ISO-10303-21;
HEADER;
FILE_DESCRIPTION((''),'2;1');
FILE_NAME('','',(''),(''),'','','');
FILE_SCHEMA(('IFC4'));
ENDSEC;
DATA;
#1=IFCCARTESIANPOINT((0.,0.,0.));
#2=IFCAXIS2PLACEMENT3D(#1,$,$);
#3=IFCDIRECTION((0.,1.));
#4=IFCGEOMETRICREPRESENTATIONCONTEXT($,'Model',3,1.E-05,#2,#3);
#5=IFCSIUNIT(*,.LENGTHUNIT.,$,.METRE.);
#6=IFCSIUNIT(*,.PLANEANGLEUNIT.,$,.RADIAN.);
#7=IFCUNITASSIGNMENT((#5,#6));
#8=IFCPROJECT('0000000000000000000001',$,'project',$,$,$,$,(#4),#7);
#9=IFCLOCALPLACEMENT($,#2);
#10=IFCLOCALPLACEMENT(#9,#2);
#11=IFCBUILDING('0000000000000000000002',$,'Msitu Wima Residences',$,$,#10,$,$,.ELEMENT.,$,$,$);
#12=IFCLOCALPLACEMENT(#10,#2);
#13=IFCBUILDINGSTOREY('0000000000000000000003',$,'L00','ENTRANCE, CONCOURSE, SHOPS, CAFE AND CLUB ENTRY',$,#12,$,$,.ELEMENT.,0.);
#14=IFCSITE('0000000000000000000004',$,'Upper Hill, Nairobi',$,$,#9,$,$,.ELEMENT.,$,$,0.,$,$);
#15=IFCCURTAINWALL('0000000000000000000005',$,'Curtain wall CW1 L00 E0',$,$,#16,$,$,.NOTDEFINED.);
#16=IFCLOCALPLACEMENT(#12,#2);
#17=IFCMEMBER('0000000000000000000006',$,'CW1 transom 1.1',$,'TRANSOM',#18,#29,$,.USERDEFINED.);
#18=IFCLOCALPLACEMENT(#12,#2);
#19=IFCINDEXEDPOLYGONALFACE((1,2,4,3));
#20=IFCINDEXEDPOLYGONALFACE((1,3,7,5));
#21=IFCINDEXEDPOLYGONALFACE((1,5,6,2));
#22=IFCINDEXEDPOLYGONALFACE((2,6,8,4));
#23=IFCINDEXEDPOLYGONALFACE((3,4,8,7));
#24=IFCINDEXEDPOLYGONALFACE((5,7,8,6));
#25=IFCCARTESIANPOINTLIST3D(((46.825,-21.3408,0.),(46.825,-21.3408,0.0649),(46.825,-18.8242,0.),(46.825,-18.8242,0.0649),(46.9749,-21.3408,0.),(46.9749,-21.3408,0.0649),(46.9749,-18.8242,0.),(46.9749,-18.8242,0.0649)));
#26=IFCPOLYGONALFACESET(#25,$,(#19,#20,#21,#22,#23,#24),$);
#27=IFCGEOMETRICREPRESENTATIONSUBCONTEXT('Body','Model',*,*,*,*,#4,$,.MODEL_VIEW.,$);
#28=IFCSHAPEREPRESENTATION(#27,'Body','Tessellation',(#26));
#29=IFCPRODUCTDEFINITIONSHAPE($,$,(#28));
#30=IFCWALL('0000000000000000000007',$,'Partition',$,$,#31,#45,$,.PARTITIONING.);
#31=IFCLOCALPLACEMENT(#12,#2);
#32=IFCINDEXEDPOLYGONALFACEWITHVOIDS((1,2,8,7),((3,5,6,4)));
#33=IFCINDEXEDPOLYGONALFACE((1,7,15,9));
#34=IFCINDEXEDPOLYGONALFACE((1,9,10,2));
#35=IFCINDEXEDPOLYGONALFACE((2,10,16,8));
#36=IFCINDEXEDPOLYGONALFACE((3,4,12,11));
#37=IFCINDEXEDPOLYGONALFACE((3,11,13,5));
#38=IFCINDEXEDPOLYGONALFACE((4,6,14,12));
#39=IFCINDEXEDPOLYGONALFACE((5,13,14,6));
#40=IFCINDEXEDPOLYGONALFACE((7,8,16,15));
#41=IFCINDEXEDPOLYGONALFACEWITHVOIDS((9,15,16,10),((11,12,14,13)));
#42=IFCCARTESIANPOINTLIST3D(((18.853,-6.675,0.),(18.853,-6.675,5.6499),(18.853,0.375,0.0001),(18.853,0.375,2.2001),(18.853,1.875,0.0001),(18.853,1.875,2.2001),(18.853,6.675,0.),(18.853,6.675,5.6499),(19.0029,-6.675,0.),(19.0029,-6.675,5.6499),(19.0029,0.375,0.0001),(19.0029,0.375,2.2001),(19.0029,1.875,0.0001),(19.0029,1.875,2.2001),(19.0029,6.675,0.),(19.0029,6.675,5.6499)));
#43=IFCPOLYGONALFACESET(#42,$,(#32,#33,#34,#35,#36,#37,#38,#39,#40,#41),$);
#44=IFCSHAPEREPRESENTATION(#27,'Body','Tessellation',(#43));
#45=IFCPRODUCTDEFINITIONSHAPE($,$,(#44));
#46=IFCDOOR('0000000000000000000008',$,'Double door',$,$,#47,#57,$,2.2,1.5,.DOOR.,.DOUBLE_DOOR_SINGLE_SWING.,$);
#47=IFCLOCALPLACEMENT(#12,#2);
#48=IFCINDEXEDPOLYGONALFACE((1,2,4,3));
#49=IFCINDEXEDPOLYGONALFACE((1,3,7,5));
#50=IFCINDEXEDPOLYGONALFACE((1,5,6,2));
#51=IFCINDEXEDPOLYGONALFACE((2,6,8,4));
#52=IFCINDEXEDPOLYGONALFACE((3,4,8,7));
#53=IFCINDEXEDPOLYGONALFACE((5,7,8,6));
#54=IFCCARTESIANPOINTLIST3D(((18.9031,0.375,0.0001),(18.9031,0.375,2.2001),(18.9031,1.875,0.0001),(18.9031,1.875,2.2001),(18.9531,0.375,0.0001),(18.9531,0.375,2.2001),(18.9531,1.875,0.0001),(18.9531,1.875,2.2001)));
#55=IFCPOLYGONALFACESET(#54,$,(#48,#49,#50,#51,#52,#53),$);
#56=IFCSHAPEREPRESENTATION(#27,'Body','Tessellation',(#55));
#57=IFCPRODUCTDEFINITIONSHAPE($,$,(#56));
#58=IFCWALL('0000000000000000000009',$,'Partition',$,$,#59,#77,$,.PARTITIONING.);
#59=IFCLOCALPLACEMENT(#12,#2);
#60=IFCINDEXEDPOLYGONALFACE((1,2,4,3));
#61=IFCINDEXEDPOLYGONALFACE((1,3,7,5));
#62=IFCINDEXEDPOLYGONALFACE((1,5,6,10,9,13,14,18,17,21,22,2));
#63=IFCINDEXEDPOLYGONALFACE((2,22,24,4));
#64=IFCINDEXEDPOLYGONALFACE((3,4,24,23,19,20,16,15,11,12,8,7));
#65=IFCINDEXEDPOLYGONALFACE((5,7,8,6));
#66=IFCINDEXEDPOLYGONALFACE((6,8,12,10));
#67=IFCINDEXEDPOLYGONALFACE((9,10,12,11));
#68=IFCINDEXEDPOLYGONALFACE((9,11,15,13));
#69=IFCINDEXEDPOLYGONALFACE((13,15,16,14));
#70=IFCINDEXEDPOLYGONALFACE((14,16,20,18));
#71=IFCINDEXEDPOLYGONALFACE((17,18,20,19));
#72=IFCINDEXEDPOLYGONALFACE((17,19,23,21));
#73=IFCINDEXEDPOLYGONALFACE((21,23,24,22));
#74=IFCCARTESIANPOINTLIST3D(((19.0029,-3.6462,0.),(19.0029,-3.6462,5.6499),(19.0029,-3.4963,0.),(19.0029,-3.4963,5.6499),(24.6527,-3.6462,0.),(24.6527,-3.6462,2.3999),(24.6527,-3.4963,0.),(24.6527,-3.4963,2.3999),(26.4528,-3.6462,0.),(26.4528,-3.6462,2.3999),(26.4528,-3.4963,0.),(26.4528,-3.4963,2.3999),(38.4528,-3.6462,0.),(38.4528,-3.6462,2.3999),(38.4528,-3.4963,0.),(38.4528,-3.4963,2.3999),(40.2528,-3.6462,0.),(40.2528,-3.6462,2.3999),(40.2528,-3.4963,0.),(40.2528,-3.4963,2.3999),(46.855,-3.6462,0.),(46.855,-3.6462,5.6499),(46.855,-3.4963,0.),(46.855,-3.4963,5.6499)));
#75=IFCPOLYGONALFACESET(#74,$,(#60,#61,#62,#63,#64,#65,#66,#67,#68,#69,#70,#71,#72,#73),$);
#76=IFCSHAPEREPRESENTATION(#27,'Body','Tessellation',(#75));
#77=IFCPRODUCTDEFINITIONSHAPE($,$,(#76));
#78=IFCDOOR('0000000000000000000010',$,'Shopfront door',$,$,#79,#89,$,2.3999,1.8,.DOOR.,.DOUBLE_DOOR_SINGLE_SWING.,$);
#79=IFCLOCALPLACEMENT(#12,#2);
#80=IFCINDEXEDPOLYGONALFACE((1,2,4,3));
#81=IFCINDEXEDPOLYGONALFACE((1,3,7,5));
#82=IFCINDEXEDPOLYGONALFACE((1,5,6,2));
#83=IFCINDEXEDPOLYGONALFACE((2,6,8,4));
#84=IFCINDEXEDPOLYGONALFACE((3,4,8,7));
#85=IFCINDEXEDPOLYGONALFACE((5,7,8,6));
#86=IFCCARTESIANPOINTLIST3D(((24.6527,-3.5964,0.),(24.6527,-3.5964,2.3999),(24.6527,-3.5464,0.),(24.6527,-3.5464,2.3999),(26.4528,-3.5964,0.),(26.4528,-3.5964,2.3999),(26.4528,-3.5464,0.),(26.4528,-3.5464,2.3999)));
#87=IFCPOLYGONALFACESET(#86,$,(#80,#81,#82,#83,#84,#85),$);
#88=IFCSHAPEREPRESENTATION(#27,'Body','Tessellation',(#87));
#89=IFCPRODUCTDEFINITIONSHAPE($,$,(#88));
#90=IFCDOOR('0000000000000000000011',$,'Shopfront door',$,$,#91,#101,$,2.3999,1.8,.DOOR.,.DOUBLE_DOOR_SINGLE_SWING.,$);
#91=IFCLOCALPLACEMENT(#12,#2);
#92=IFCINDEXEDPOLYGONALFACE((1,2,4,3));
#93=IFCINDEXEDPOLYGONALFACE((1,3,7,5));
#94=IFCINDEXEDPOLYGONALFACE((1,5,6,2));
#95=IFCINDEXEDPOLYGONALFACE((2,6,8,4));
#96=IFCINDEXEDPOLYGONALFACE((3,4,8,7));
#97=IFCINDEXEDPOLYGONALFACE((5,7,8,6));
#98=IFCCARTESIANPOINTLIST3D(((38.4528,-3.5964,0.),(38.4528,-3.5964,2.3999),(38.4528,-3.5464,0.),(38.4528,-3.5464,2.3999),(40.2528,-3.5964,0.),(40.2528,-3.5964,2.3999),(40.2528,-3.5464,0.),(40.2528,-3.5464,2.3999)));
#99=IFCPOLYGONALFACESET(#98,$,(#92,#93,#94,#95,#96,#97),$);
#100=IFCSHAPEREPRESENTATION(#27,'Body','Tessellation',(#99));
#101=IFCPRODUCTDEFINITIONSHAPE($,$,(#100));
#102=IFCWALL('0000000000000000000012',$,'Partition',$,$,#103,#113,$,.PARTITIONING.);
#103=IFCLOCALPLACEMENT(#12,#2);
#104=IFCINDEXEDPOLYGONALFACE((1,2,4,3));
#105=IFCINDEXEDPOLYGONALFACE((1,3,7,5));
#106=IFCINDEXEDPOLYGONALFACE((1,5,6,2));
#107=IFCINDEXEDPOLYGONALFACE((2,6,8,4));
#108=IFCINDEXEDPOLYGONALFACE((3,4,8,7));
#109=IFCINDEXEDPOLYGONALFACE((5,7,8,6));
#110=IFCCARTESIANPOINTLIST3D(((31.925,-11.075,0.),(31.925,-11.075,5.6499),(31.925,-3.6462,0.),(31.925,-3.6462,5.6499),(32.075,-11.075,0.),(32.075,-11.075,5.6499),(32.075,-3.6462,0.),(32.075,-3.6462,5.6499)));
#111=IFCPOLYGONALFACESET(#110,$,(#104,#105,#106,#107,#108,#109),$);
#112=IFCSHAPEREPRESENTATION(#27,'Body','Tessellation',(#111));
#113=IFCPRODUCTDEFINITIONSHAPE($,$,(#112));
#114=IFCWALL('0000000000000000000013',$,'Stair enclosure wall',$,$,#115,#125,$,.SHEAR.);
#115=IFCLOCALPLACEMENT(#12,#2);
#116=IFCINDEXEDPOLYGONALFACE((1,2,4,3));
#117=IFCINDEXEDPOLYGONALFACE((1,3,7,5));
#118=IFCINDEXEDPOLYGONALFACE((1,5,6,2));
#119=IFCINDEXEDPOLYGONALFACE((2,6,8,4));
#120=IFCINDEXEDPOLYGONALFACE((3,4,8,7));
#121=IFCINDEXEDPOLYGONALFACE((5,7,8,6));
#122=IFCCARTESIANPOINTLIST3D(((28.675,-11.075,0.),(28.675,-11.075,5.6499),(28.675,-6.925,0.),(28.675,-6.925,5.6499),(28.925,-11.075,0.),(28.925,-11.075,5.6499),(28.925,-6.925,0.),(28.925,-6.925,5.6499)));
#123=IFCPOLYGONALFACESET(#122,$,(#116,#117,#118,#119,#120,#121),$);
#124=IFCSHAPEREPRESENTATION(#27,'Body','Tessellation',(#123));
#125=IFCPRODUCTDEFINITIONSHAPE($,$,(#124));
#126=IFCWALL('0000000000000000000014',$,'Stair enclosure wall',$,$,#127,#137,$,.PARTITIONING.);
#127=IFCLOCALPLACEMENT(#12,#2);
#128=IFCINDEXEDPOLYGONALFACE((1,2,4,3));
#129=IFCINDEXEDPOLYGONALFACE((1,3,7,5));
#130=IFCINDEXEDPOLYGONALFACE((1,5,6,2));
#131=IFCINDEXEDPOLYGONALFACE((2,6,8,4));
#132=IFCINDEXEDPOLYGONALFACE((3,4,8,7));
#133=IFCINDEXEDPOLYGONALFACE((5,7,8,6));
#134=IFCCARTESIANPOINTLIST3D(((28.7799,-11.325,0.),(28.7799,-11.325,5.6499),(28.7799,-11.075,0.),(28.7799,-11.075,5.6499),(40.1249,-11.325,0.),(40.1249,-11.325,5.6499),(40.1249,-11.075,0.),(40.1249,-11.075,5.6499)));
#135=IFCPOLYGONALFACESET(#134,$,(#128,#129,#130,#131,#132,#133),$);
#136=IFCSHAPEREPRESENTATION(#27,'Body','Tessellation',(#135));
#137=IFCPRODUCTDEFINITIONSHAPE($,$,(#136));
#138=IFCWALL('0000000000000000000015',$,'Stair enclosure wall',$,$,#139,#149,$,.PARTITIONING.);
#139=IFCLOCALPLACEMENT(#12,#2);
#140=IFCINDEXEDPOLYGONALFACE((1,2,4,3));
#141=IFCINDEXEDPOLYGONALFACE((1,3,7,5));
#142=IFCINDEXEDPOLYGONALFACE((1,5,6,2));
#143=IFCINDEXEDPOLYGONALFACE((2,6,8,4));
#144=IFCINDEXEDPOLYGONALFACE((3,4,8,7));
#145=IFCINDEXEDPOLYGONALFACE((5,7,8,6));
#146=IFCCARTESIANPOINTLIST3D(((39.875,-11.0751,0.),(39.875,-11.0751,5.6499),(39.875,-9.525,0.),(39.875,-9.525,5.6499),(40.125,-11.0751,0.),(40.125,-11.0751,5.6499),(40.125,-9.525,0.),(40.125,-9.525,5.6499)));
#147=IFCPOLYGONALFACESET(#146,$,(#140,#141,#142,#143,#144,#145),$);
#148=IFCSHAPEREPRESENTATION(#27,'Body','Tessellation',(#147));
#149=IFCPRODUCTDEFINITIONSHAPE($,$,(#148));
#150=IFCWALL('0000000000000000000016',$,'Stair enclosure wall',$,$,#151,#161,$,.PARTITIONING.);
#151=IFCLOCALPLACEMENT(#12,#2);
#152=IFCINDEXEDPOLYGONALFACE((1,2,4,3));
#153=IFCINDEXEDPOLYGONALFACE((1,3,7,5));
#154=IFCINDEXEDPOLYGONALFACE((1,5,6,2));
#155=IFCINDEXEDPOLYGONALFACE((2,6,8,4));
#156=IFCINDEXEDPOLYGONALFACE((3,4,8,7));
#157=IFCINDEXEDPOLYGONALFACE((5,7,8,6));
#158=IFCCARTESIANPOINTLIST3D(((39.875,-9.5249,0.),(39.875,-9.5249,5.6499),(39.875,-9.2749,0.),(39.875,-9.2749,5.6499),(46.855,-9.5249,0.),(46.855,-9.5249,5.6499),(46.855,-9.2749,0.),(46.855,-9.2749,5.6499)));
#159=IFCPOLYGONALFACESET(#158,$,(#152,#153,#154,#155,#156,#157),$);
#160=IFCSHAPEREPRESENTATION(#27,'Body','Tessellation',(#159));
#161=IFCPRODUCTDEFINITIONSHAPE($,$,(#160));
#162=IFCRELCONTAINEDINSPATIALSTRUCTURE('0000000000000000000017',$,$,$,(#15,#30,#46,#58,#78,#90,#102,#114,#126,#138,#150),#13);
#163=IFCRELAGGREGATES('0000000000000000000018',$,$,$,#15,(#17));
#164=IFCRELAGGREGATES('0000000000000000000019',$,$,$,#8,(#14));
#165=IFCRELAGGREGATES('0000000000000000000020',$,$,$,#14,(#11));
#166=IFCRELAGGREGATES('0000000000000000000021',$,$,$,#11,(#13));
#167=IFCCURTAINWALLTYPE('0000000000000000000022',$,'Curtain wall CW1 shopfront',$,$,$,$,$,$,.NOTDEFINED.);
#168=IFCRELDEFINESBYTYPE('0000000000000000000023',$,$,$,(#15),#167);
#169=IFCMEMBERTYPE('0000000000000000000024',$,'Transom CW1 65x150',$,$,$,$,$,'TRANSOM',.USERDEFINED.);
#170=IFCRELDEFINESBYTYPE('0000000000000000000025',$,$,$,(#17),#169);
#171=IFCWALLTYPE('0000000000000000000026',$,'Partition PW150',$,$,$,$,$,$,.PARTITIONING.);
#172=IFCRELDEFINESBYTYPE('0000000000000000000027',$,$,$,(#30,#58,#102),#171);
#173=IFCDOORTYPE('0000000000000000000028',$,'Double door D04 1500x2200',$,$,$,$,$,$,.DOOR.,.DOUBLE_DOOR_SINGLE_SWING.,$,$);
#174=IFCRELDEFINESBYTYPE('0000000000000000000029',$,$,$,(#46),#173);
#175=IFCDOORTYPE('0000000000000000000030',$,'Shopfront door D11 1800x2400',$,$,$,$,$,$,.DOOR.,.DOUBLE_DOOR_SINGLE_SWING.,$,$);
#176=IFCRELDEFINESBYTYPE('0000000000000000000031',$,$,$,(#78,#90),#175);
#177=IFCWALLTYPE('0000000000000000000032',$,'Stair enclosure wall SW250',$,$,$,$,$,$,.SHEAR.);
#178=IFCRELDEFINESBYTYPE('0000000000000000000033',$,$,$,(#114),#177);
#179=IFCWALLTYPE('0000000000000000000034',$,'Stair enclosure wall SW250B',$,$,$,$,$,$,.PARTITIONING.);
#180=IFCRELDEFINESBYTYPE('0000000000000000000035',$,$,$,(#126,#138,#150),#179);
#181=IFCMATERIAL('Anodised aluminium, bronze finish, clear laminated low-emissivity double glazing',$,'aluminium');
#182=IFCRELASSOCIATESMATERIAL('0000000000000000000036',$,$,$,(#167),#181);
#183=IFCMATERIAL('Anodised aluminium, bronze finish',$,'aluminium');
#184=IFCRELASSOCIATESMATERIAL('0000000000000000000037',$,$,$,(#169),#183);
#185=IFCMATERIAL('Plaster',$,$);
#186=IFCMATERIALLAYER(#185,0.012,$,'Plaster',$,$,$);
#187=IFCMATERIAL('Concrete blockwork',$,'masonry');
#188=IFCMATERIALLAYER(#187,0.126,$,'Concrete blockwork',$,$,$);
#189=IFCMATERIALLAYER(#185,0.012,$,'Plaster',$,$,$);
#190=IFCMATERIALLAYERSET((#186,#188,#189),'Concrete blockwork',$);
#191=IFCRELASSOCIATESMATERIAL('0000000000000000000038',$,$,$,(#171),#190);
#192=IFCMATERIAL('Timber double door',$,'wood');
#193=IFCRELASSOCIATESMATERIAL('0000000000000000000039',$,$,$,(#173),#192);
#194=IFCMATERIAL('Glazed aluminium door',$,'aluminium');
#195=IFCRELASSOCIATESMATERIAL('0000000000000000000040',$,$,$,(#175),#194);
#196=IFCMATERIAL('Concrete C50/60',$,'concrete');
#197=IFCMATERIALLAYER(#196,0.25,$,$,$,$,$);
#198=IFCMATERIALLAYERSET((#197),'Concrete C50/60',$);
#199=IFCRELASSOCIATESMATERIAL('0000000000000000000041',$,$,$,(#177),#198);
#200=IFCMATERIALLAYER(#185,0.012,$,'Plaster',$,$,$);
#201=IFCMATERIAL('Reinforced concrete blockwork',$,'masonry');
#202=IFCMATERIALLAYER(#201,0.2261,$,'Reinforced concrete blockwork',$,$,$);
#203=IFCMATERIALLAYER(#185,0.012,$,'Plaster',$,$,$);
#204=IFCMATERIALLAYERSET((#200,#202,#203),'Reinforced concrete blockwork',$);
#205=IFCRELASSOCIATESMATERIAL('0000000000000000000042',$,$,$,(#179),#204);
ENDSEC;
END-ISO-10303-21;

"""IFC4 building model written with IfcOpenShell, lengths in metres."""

from ifc_helpers import new_model, si_unit, direction, frame, frame_2d, origin, origin_2d, place, context, subcontext, project, spatial, rectangle, extrude, material, layer, layer_set, material_profile, profile_set, type_object, element, fill, aggregate, save


model = new_model("IFC4")

# Units and contexts
model_context = context("Model", 3, precision=1e-05, world=origin(), true_north=direction((0.0, 1.0)))
body_context = subcontext(model_context, "Body", "Model", "MODEL_VIEW")
ifc_project = project(units=[si_unit("LENGTHUNIT", "METRE"), si_unit("PLANEANGLEUNIT", "RADIAN")], contexts=[model_context])

# Site, building, storey
site_placement = place(None, origin())
site = spatial("IfcSite", under=ifc_project, at=site_placement, Name="Upper Hill, Nairobi", CompositionType="ELEMENT", RefElevation=0.0)
building_placement = place(site_placement, origin())
building = spatial("IfcBuilding", under=site, at=building_placement, Name="Msitu Wima Residences", CompositionType="ELEMENT")
storey_placement = place(building_placement, origin())
storey = spatial("IfcBuildingStorey", under=building, at=storey_placement, Name="L00", Description="ENTRANCE, CONCOURSE, SHOPS, CAFE AND CLUB ENTRY", CompositionType="ELEMENT", Elevation=0.0)

# Curtain wall
ifc_material_1 = material(Name="Anodised aluminium, bronze finish, clear laminated low-emissivity double glazing", Category="aluminium")
curtain_wall_type = type_object("IfcCurtainWallType", Name="Curtain wall CW1 shopfront", PredefinedType="NOTDEFINED", material=ifc_material_1)
curtain_wall_placement = place(storey_placement, origin())
curtain_wall = element("IfcCurtainWall", 1, at=curtain_wall_placement, inside=storey, type_object=curtain_wall_type, Name="Curtain wall CW1 L00 E0", PredefinedType="NOTDEFINED")
ifc_material_2 = material(Name="Anodised aluminium, bronze finish", Category="aluminium")

# Member
ifc_material_profile_1 = material_profile(ifc_material_2, rectangle(XDim=0.1499, YDim=0.0649, at=origin_2d()), Name="Transom 65x150")
ifc_profile_set_1 = profile_set([ifc_material_profile_1], Name="Anodised aluminium, bronze finish")
member_type_1 = type_object("IfcMemberType", Name="Transom CW1 65x150", ElementType="TRANSOM", PredefinedType="USERDEFINED", material=ifc_profile_set_1)
member_1_placement = place(storey_placement, frame((46.8999, -21.3408, 0.0325), z_axis=(0.0, 1.0, 0.0), x_axis=(-1.0, 0.0, 0.0)))
member_1 = element("IfcMember", 2, at=member_1_placement, type_object=member_type_1, Name="CW1 transom 1.1", ObjectType="TRANSOM", PredefinedType="USERDEFINED", context=body_context, shape_type="SweptSolid", body=[
    extrude(rectangle(XDim=0.1499, YDim=0.0649, at=origin_2d()), origin(), (0.0, 0.0, 1.0), 2.5166),
])
aggregate(curtain_wall, [member_1])

# Wall, opening, door
ifc_material_3 = material(Name="Plaster")
ifc_layer_1 = layer(ifc_material_3, 0.012, Name="Plaster")
ifc_material_4 = material(Name="Concrete blockwork", Category="masonry")
ifc_layer_2 = layer(ifc_material_4, 0.126, Name="Concrete blockwork")
ifc_layer_3 = layer(ifc_material_3, 0.012, Name="Plaster")
ifc_layer_set_1 = layer_set([ifc_layer_1, ifc_layer_2, ifc_layer_3], Name="Concrete blockwork")
wall_type_1 = type_object("IfcWallType", Name="Partition PW150", PredefinedType="PARTITIONING", material=ifc_layer_set_1)
wall_1_placement = place(storey_placement, frame((18.928, -6.675, 0.0), z_axis=(0.0, 0.0, 1.0), x_axis=(0.0, 1.0, 0.0)))
wall_1 = element("IfcWall", 3, at=wall_1_placement, inside=storey, type_object=wall_type_1, Name="Partition", PredefinedType="PARTITIONING", context=body_context, shape_type="SweptSolid", body=[
    extrude(rectangle(XDim=13.3501, YDim=0.1499, at=frame_2d((6.675, 0.0))), origin(), (0.0, 0.0, 1.0), 5.6499),
])
opening_1_placement = place(wall_1_placement, frame((7.05, 0.0, 0.0)))
opening_1 = element("IfcOpeningElement", 4, at=opening_1_placement, cuts=wall_1, PredefinedType="OPENING", context=body_context, shape_type="SweptSolid", body=[
    extrude(rectangle(XDim=1.5, YDim=2.2, at=frame_2d((0.75, 1.1001))), frame((0.0, 0.085, 0.0), z_axis=(0.0, -1.0, 0.0), x_axis=(1.0, 0.0, 0.0)), (0.0, 0.0, 1.0), 0.1699),
])
ifc_material_5 = material(Name="Timber double door", Category="wood")
door_type_1 = type_object("IfcDoorType", Name="Double door D04 1500x2200", OperationType="DOUBLE_DOOR_SINGLE_SWING", PredefinedType="DOOR", material=ifc_material_5)
door_1_placement = place(opening_1_placement, origin())
door_1 = element("IfcDoor", 5, at=door_1_placement, inside=storey, type_object=door_type_1, Name="Double door", OperationType="DOUBLE_DOOR_SINGLE_SWING", OverallHeight=2.2, OverallWidth=1.5, PredefinedType="DOOR", context=body_context, shape_type="SweptSolid", body=[
    extrude(rectangle(XDim=1.5, YDim=2.2, at=frame_2d((0.75, 1.1001))), frame((0.0, 0.0249, 0.0), z_axis=(0.0, -1.0, 0.0), x_axis=(1.0, 0.0, 0.0)), (0.0, 0.0, 1.0), 0.05),
])
fill(opening_1, door_1)

# Wall, openings, doors
wall_2_placement = place(storey_placement, frame((19.0029, -3.5713, 0.0), z_axis=(0.0, 0.0, 1.0), x_axis=(1.0, 0.0, 0.0)))
wall_2 = element("IfcWall", 6, at=wall_2_placement, inside=storey, type_object=wall_type_1, Name="Partition", PredefinedType="PARTITIONING", context=body_context, shape_type="SweptSolid", body=[
    extrude(rectangle(XDim=27.8521, YDim=0.1499, at=frame_2d((13.926, 0.0))), origin(), (0.0, 0.0, 1.0), 5.6499),
])
opening_2_placement = place(wall_2_placement, frame((5.6499, 0.0, 0.0)))
opening_2 = element("IfcOpeningElement", 7, at=opening_2_placement, cuts=wall_2, PredefinedType="OPENING", context=body_context, shape_type="SweptSolid", body=[
    extrude(rectangle(XDim=1.8, YDim=2.3999, at=frame_2d((0.8999, 1.2))), frame((0.0, 0.085, 0.0), z_axis=(0.0, -1.0, 0.0), x_axis=(1.0, 0.0, 0.0)), (0.0, 0.0, 1.0), 0.1699),
])
opening_3_placement = place(wall_2_placement, frame((19.45, 0.0, 0.0)))
opening_3 = element("IfcOpeningElement", 8, at=opening_3_placement, cuts=wall_2, PredefinedType="OPENING", context=body_context, shape_type="SweptSolid", body=[
    extrude(rectangle(XDim=1.8, YDim=2.3999, at=frame_2d((0.8999, 1.2))), frame((0.0, 0.085, 0.0), z_axis=(0.0, -1.0, 0.0), x_axis=(1.0, 0.0, 0.0)), (0.0, 0.0, 1.0), 0.1699),
])
ifc_material_6 = material(Name="Glazed aluminium door", Category="aluminium")
door_type_2 = type_object("IfcDoorType", Name="Shopfront door D11 1800x2400", OperationType="DOUBLE_DOOR_SINGLE_SWING", PredefinedType="DOOR", material=ifc_material_6)
door_2_placement = place(opening_2_placement, origin())
door_2 = element("IfcDoor", 9, at=door_2_placement, inside=storey, type_object=door_type_2, Name="Shopfront door", OperationType="DOUBLE_DOOR_SINGLE_SWING", OverallHeight=2.3999, OverallWidth=1.8, PredefinedType="DOOR", context=body_context, shape_type="SweptSolid", body=[
    extrude(rectangle(XDim=1.8, YDim=2.3999, at=frame_2d((0.8999, 1.2))), frame((0.0, 0.0249, 0.0), z_axis=(0.0, -1.0, 0.0), x_axis=(1.0, 0.0, 0.0)), (0.0, 0.0, 1.0), 0.05),
])
fill(opening_2, door_2)
door_3_placement = place(opening_3_placement, origin())
door_3 = element("IfcDoor", 10, at=door_3_placement, inside=storey, type_object=door_type_2, Name="Shopfront door", OperationType="DOUBLE_DOOR_SINGLE_SWING", OverallHeight=2.3999, OverallWidth=1.8, PredefinedType="DOOR", context=body_context, shape_type="SweptSolid", body=[
    extrude(rectangle(XDim=1.8, YDim=2.3999, at=frame_2d((0.8999, 1.2))), frame((0.0, 0.0249, 0.0), z_axis=(0.0, -1.0, 0.0), x_axis=(1.0, 0.0, 0.0)), (0.0, 0.0, 1.0), 0.05),
])
fill(opening_3, door_3)

# Walls
wall_3_placement = place(storey_placement, frame((32.0, -11.075, 0.0), z_axis=(0.0, 0.0, 1.0), x_axis=(0.0, 1.0, 0.0)))
element("IfcWall", 11, at=wall_3_placement, inside=storey, type_object=wall_type_1, Name="Partition", PredefinedType="PARTITIONING", context=body_context, shape_type="SweptSolid", body=[
    extrude(rectangle(XDim=7.4287, YDim=0.1499, at=frame_2d((3.7144, 0.0))), origin(), (0.0, 0.0, 1.0), 5.6499),
])
ifc_material_7 = material(Name="Concrete C50/60", Category="concrete")
ifc_layer_4 = layer(ifc_material_7, 0.25)
ifc_layer_set_2 = layer_set([ifc_layer_4], Name="Concrete C50/60")
wall_type_2 = type_object("IfcWallType", Name="Stair enclosure wall SW250", PredefinedType="SHEAR", material=ifc_layer_set_2)
wall_4_placement = place(storey_placement, frame((28.8, -11.075, 0.0), z_axis=(0.0, 0.0, 1.0), x_axis=(0.0, 1.0, 0.0)))
element("IfcWall", 12, at=wall_4_placement, inside=storey, type_object=wall_type_2, Name="Stair enclosure wall", PredefinedType="SHEAR", context=body_context, shape_type="SweptSolid", body=[
    extrude(rectangle(XDim=4.1499, YDim=0.25, at=frame_2d((2.075, 0.0))), origin(), (0.0, 0.0, 1.0), 5.6499),
])
ifc_layer_5 = layer(ifc_material_3, 0.012, Name="Plaster")
ifc_material_8 = material(Name="Reinforced concrete blockwork", Category="masonry")
ifc_layer_6 = layer(ifc_material_8, 0.2261, Name="Reinforced concrete blockwork")
ifc_layer_7 = layer(ifc_material_3, 0.012, Name="Plaster")
ifc_layer_set_3 = layer_set([ifc_layer_5, ifc_layer_6, ifc_layer_7], Name="Reinforced concrete blockwork")
wall_type_3 = type_object("IfcWallType", Name="Stair enclosure wall SW250B", PredefinedType="PARTITIONING", material=ifc_layer_set_3)
wall_5_placement = place(storey_placement, frame((28.78, -11.2, 0.0), z_axis=(0.0, 0.0, 1.0), x_axis=(1.0, 0.0, 0.0)))
element("IfcWall", 13, at=wall_5_placement, inside=storey, type_object=wall_type_3, Name="Stair enclosure wall", PredefinedType="PARTITIONING", context=body_context, shape_type="SweptSolid", body=[
    extrude(rectangle(XDim=11.345, YDim=0.25, at=frame_2d((5.6724, 0.0))), origin(), (0.0, 0.0, 1.0), 5.6499),
])
wall_6_placement = place(storey_placement, frame((40.0, -11.075, 0.0), z_axis=(0.0, 0.0, 1.0), x_axis=(0.0, 1.0, 0.0)))
element("IfcWall", 14, at=wall_6_placement, inside=storey, type_object=wall_type_3, Name="Stair enclosure wall", PredefinedType="PARTITIONING", context=body_context, shape_type="SweptSolid", body=[
    extrude(rectangle(XDim=1.55, YDim=0.25, at=frame_2d((0.7749, 0.0))), origin(), (0.0, 0.0, 1.0), 5.6499),
])
wall_7_placement = place(storey_placement, frame((39.875, -9.3999, 0.0), z_axis=(0.0, 0.0, 1.0), x_axis=(1.0, 0.0, 0.0)))
element("IfcWall", 15, at=wall_7_placement, inside=storey, type_object=wall_type_3, Name="Stair enclosure wall", PredefinedType="PARTITIONING", context=body_context, shape_type="SweptSolid", body=[
    extrude(rectangle(XDim=6.98, YDim=0.25, at=frame_2d((3.49, 0.0))), origin(), (0.0, 0.0, 1.0), 5.6499),
])

save(model, "model.ifc")
